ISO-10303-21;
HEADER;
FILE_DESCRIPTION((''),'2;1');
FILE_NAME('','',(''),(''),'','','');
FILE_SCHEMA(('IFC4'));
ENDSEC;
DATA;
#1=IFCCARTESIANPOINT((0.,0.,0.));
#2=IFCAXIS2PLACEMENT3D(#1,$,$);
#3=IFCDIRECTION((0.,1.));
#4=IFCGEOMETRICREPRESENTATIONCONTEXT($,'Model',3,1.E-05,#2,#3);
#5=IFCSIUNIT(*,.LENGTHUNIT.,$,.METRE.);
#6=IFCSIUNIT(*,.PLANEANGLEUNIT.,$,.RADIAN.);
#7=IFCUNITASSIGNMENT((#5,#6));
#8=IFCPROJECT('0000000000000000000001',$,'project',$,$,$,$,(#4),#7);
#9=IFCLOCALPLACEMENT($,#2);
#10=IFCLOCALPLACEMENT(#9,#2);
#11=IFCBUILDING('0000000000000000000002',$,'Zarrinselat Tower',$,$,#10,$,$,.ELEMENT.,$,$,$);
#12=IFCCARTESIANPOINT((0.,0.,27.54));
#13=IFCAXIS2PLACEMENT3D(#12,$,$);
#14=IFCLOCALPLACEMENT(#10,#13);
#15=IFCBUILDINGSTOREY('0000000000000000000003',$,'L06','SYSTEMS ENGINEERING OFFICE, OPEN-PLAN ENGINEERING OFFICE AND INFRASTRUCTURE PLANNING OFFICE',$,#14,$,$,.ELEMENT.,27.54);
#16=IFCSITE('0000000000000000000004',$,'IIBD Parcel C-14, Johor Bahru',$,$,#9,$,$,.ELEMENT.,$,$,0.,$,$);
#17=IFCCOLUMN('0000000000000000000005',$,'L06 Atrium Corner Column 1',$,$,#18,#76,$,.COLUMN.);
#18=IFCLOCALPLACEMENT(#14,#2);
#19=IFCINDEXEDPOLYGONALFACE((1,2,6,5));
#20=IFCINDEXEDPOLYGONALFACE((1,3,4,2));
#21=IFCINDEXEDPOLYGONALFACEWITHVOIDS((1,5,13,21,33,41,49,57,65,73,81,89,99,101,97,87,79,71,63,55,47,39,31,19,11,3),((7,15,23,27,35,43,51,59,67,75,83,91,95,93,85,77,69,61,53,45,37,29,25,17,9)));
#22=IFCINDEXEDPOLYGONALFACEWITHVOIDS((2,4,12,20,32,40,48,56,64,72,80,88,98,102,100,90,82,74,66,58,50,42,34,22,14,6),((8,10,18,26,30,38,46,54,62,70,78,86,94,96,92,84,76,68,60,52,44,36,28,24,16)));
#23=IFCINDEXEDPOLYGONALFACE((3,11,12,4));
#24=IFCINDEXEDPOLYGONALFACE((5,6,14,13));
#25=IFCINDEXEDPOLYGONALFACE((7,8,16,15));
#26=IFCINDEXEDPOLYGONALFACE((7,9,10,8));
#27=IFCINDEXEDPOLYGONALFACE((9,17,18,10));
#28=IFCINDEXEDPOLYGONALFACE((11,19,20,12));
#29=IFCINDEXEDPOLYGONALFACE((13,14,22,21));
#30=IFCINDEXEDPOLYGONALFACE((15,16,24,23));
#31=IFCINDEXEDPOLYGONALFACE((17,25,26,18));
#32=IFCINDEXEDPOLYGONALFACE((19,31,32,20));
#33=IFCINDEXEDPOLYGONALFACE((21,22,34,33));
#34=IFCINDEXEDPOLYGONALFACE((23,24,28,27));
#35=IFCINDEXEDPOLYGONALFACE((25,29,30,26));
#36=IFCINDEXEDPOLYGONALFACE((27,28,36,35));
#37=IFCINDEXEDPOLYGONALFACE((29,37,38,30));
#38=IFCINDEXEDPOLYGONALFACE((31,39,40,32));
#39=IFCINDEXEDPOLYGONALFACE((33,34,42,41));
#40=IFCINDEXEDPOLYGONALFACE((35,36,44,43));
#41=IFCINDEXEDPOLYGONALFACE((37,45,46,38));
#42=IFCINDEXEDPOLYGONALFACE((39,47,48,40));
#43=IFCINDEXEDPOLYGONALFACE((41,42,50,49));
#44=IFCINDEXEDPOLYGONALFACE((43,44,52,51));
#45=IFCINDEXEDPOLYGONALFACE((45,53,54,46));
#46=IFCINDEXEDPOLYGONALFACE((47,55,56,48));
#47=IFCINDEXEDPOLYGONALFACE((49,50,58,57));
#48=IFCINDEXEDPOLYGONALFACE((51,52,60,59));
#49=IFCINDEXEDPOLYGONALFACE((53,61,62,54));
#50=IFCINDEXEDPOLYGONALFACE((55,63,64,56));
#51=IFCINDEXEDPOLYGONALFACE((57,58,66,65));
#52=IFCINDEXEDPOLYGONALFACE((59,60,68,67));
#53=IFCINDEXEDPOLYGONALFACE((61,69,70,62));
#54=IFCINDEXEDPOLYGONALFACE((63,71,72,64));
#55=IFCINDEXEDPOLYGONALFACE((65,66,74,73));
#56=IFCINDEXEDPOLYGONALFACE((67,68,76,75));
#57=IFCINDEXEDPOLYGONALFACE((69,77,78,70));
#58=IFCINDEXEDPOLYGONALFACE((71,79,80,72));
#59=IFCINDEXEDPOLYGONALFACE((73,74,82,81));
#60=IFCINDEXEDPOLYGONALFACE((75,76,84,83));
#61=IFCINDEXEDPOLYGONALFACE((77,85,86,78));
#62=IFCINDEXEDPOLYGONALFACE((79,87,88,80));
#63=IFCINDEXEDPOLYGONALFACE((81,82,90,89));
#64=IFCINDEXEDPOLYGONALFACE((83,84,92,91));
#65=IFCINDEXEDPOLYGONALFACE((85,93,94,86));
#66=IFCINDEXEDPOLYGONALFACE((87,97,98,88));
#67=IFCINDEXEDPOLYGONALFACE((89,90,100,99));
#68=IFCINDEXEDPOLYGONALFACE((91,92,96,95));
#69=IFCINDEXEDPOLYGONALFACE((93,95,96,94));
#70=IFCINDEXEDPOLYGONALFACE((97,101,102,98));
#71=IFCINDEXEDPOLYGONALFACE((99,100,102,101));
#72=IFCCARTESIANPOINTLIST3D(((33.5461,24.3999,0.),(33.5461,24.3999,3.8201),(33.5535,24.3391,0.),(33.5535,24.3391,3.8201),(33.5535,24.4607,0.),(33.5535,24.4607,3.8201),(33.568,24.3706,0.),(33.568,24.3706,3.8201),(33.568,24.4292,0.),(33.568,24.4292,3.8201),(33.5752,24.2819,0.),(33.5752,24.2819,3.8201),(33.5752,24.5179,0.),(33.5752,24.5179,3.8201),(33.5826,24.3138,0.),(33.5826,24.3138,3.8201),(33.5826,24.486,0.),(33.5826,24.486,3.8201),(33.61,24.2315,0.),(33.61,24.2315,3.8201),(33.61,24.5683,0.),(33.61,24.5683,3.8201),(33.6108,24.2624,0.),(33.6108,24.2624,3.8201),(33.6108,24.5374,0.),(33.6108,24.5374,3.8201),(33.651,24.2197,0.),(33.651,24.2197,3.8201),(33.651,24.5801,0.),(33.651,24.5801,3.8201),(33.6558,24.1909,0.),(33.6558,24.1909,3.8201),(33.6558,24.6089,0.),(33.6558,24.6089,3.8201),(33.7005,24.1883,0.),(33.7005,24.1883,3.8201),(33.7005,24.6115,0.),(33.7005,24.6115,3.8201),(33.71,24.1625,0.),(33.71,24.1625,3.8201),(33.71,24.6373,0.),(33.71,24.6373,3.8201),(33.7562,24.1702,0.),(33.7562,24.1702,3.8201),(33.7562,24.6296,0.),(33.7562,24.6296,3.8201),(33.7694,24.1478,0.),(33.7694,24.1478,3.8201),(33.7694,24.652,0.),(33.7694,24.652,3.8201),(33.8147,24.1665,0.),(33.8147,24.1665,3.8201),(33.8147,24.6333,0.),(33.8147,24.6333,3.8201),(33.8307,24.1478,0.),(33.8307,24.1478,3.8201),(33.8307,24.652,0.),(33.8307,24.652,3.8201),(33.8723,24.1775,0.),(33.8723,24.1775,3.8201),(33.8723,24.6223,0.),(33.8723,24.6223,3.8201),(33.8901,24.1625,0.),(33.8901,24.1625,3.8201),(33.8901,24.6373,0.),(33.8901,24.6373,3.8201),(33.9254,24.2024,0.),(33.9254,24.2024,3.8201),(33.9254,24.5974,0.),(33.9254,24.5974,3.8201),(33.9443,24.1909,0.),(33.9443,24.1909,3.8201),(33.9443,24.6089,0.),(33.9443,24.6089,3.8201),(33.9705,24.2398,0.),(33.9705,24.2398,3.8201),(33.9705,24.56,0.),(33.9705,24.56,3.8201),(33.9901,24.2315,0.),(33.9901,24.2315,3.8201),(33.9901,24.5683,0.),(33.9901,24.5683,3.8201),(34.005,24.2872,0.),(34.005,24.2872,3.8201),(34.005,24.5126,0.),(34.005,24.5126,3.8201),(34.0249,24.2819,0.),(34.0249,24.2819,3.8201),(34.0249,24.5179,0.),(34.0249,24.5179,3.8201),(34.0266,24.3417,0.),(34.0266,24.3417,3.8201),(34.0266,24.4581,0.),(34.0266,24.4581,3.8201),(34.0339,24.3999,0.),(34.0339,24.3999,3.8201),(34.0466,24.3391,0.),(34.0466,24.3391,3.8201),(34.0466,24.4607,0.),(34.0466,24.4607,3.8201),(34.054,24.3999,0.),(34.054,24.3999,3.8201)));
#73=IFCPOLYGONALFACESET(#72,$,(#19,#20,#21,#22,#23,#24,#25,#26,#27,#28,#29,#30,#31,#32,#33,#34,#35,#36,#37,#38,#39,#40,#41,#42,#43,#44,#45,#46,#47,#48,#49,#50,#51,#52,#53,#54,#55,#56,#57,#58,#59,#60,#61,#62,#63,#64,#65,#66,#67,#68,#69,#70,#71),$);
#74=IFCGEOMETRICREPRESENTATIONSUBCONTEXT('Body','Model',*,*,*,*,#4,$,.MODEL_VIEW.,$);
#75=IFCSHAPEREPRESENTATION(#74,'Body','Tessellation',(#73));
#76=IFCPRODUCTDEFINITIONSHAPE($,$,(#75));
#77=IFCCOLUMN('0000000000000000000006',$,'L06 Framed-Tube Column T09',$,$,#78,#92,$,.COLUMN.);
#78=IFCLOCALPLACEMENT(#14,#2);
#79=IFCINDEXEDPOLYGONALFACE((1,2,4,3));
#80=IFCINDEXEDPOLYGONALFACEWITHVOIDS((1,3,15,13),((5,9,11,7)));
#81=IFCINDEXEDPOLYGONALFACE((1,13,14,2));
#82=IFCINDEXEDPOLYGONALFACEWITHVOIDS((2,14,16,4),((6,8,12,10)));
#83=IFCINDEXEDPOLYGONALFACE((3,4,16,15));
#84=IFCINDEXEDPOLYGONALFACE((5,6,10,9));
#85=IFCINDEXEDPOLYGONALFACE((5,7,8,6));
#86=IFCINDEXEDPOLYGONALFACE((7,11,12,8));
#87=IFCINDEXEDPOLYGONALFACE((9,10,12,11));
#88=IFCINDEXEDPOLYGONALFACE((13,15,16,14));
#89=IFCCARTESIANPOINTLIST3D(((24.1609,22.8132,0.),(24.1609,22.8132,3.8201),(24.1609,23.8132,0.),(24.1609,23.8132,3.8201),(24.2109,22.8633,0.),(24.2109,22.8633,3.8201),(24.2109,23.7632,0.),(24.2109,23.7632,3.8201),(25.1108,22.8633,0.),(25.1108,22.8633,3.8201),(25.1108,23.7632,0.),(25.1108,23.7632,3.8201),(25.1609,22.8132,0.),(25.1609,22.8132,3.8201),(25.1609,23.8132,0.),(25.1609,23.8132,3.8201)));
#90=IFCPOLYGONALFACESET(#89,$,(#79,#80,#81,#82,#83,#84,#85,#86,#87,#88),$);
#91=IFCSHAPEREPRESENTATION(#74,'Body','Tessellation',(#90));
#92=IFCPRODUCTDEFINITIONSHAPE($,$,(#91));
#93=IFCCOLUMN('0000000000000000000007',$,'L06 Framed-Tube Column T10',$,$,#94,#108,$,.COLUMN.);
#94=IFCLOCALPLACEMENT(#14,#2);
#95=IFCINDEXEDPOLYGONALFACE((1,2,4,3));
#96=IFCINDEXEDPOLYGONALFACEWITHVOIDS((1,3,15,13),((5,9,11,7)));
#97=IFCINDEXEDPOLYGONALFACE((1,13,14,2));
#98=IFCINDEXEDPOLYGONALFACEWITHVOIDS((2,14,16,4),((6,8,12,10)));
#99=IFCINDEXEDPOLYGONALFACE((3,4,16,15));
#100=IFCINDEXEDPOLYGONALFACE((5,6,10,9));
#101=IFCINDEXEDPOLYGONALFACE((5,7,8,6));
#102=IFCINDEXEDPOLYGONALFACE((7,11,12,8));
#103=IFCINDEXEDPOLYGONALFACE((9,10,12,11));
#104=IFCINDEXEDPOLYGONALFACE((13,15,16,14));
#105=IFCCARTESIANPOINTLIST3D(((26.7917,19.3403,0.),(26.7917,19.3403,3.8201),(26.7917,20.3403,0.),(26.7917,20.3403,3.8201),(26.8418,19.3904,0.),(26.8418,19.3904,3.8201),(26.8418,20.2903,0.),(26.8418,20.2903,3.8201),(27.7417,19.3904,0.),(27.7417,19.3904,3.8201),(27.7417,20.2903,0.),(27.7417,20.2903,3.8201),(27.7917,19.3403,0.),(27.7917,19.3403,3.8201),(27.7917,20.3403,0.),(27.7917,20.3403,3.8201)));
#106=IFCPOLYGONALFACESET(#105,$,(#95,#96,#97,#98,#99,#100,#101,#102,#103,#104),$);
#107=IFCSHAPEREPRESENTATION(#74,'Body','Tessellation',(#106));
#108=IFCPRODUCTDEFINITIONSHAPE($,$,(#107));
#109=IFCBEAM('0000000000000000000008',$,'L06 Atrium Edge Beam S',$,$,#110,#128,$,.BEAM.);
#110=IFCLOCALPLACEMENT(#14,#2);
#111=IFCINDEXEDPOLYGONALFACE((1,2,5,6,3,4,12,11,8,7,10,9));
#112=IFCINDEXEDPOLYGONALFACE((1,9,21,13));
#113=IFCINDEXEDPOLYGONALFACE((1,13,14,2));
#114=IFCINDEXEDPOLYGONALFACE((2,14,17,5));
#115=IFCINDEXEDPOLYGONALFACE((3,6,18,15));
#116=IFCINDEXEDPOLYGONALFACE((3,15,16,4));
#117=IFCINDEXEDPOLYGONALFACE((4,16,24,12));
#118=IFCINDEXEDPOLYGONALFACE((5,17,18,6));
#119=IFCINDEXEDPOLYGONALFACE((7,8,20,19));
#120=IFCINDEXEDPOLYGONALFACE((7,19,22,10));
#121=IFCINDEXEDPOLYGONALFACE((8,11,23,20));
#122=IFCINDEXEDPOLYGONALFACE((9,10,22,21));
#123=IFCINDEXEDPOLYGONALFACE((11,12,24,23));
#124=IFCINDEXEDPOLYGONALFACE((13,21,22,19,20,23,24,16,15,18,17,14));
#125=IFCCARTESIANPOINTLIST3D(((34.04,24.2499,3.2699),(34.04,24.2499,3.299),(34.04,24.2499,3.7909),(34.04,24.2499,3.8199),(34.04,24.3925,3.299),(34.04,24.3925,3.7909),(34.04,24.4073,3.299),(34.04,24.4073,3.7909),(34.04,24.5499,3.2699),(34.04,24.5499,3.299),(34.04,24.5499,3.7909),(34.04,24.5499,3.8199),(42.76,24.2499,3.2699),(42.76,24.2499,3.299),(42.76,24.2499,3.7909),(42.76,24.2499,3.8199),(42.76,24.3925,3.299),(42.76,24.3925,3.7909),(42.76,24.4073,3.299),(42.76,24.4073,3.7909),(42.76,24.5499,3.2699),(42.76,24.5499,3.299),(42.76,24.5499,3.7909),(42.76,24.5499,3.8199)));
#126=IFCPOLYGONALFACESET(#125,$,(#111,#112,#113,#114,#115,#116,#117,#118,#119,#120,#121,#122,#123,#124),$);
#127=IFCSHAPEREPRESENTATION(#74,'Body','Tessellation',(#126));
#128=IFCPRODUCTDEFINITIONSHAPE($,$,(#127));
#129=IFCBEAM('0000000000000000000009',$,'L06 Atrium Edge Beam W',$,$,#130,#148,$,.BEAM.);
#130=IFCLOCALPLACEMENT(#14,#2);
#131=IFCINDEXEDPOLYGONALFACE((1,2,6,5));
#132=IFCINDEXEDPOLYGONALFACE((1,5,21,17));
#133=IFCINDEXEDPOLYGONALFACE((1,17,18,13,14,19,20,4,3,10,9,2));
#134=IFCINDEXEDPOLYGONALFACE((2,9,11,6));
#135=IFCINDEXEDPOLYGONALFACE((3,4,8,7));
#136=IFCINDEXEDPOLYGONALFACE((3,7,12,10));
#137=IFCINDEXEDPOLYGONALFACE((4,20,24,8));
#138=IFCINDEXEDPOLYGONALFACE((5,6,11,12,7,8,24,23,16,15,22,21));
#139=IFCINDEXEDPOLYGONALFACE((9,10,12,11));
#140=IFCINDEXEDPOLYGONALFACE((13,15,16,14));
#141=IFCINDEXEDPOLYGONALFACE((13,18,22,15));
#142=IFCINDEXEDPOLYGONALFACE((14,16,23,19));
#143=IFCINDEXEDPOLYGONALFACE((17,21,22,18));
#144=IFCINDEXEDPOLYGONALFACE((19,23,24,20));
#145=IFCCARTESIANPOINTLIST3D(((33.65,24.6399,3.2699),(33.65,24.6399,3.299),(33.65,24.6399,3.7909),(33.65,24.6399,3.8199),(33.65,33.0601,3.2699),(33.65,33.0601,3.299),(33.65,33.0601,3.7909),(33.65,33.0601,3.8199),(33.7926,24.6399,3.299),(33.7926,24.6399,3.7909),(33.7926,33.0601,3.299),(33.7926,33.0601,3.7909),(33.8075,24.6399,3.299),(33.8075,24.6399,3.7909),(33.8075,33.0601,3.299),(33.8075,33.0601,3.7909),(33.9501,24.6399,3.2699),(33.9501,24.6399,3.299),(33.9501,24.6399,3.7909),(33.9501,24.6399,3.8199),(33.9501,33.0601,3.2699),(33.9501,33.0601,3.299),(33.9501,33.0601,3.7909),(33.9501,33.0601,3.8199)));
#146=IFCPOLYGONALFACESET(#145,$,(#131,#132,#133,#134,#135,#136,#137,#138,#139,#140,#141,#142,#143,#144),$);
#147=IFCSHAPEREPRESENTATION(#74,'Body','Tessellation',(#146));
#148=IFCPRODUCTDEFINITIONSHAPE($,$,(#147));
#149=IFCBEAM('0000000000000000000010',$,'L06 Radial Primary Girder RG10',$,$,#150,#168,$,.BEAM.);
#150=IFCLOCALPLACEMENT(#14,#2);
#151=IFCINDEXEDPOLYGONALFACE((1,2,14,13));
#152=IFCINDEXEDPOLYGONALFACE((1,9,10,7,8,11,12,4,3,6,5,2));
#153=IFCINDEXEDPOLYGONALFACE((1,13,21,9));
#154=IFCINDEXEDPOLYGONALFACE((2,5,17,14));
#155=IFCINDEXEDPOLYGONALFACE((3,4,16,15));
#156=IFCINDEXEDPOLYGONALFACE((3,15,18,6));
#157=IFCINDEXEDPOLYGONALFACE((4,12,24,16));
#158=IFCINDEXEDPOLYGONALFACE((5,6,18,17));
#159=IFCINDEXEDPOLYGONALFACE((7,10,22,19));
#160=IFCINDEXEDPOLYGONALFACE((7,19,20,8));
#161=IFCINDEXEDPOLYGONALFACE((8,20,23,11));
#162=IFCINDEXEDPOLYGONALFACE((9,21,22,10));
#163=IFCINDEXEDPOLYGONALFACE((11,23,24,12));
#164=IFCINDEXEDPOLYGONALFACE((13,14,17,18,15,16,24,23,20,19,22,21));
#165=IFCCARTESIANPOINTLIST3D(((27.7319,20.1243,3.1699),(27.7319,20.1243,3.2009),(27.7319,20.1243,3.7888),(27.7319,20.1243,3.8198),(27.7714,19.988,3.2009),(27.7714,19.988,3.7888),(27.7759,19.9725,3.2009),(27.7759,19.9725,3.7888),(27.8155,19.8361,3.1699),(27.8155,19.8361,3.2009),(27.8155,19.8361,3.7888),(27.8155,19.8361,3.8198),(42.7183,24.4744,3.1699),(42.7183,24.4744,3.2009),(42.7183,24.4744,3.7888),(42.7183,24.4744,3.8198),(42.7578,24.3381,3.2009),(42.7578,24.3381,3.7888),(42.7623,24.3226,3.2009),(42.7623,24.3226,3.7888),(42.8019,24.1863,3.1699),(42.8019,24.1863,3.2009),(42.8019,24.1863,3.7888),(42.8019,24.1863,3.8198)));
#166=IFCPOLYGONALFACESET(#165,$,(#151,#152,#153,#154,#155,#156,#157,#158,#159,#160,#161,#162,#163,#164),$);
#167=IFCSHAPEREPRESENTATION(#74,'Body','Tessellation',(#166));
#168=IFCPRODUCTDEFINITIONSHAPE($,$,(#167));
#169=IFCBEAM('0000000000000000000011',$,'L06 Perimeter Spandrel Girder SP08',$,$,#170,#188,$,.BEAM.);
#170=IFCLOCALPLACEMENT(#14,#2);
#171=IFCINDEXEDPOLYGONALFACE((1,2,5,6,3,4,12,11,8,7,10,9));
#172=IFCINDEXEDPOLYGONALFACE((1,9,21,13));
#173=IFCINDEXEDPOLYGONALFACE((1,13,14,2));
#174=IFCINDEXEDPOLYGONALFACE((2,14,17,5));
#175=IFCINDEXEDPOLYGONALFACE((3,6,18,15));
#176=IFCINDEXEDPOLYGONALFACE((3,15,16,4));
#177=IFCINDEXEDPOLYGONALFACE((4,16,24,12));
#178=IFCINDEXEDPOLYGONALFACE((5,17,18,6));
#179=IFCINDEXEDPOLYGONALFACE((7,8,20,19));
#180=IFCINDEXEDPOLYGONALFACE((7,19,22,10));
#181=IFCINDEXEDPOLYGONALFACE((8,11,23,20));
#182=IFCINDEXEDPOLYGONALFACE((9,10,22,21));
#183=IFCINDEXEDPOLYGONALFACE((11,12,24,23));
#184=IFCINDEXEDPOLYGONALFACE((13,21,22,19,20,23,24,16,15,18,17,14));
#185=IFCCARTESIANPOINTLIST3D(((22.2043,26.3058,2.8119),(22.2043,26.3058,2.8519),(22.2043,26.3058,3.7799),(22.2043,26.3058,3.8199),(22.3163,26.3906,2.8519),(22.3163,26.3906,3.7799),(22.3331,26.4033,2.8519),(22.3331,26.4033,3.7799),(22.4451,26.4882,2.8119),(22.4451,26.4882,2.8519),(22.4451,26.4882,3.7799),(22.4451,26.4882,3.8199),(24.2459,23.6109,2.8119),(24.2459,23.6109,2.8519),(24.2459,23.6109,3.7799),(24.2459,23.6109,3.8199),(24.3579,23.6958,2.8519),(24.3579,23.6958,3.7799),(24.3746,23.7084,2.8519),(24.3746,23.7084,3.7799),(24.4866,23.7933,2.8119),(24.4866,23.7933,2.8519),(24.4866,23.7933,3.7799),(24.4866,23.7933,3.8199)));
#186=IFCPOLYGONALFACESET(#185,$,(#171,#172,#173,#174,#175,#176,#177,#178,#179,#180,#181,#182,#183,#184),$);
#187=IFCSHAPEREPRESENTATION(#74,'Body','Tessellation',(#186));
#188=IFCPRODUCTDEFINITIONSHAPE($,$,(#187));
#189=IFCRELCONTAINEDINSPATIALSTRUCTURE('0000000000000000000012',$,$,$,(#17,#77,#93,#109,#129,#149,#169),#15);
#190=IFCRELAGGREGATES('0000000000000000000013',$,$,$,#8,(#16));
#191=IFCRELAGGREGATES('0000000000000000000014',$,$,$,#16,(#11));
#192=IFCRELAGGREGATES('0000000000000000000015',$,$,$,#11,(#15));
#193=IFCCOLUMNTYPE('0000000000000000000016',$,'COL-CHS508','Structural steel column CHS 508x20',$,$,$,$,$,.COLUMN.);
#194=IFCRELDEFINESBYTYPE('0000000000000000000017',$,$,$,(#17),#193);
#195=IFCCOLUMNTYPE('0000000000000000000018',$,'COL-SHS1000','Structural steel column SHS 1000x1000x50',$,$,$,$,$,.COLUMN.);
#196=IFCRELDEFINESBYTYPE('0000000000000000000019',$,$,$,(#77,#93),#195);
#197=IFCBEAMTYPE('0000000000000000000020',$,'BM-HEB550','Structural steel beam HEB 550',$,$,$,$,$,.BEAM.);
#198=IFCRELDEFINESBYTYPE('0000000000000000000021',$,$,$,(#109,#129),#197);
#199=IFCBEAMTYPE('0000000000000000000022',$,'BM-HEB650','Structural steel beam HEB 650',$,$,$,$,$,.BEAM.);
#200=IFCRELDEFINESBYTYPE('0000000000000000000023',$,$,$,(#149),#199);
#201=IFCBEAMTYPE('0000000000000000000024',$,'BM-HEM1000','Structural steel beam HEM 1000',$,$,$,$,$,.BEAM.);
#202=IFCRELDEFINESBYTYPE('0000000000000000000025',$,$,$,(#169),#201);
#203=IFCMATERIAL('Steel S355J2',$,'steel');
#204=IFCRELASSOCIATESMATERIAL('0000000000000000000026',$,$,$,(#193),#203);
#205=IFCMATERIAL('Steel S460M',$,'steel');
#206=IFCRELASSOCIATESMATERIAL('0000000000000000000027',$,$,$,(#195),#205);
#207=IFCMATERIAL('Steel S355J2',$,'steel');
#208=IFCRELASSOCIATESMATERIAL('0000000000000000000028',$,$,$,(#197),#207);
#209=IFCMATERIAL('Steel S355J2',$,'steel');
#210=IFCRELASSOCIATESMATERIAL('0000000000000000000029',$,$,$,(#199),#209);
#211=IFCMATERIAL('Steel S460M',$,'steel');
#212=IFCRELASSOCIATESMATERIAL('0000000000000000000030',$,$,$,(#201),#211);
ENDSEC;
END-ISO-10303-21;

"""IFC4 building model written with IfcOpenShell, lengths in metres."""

from ifc_helpers import new_model, si_unit, direction, frame, origin, origin_2d, place, context, subcontext, project, spatial, hollow_rectangle, hollow_circle, i_section, extrude, material, material_profile, profile_set, type_object, element, save


model = new_model("IFC4")

# Units and contexts
model_context = context("Model", 3, precision=1e-05, world=origin(), true_north=direction((0.0, 1.0)))
body_context = subcontext(model_context, "Body", "Model", "MODEL_VIEW")
ifc_project = project(units=[si_unit("LENGTHUNIT", "METRE"), si_unit("PLANEANGLEUNIT", "RADIAN")], contexts=[model_context])

# Site, building, storey
site_placement = place(None, origin())
site = spatial("IfcSite", under=ifc_project, at=site_placement, Name="IIBD Parcel C-14, Johor Bahru", CompositionType="ELEMENT", RefElevation=0.0)
building_placement = place(site_placement, origin())
building = spatial("IfcBuilding", under=site, at=building_placement, Name="Zarrinselat Tower", CompositionType="ELEMENT")
storey_placement = place(building_placement, frame((0.0, 0.0, 27.54)))
storey = spatial("IfcBuildingStorey", under=building, at=storey_placement, Name="L06", Description="SYSTEMS ENGINEERING OFFICE, OPEN-PLAN ENGINEERING OFFICE AND INFRASTRUCTURE PLANNING OFFICE", CompositionType="ELEMENT", Elevation=27.54)

# Columns
ifc_material_1 = material(Name="Steel S355J2", Category="steel")
ifc_material_profile_1 = material_profile(ifc_material_1, hollow_circle(Radius=0.2539, WallThickness=0.02, at=origin_2d()), Name="CHS 508x20")
ifc_profile_set_1 = profile_set([ifc_material_profile_1], Name="Steel S355J2")
column_type_1 = type_object("IfcColumnType", Name="COL-CHS508", Description="Structural steel column CHS 508x20", PredefinedType="COLUMN", material=ifc_profile_set_1)
column_placement = place(storey_placement, frame((33.8, 24.3999, 0.0), z_axis=(0.0, 0.0, 1.0), x_axis=(1.0, 0.0, 0.0)))
element("IfcColumn", 1, at=column_placement, inside=storey, type_object=column_type_1, Name="L06 Atrium Corner Column 1", PredefinedType="COLUMN", context=body_context, shape_type="SweptSolid", body=[
    extrude(hollow_circle(Radius=0.2539, WallThickness=0.02, at=origin_2d()), origin(), (0.0, 0.0, 1.0), 3.8201),
])
ifc_material_2 = material(Name="Steel S460M", Category="steel")
ifc_material_profile_2 = material_profile(ifc_material_2, hollow_rectangle(XDim=1.0, YDim=1.0, WallThickness=0.05, at=origin_2d()), Name="SHS 1000x1000x50")
ifc_profile_set_2 = profile_set([ifc_material_profile_2], Name="Steel S460M")
column_type_2 = type_object("IfcColumnType", Name="COL-SHS1000", Description="Structural steel column SHS 1000x1000x50", PredefinedType="COLUMN", material=ifc_profile_set_2)
for number, where, z_axis, x_axis, name in (
    (2, (24.6609, 23.3132, 0.0), (0.0, 0.0, 1.0), (1.0, 0.0, 0.0), "L06 Framed-Tube Column T09"),
    (3, (27.2917, 19.8403, 0.0), (0.0, 0.0, 1.0), (1.0, 0.0, 0.0), "L06 Framed-Tube Column T10"),
):
    element("IfcColumn", number, at=place(storey_placement, frame(where, z_axis=z_axis, x_axis=x_axis)), inside=storey, type_object=column_type_2, Name=name, PredefinedType="COLUMN", context=body_context, shape_type="SweptSolid", body=[
        extrude(hollow_rectangle(XDim=1.0, YDim=1.0, WallThickness=0.05, at=origin_2d()), origin(), (0.0, 0.0, 1.0), 3.8201),
    ])

# Beams
ifc_material_3 = material(Name="Steel S355J2", Category="steel")
ifc_material_profile_3 = material_profile(ifc_material_3, i_section(OverallWidth=0.3, OverallDepth=0.55, WebThickness=0.0149, FlangeThickness=0.0291, at=origin_2d()), Name="HEB 550")
ifc_profile_set_3 = profile_set([ifc_material_profile_3], Name="Steel S355J2")
beam_type_1 = type_object("IfcBeamType", Name="BM-HEB550", Description="Structural steel beam HEB 550", PredefinedType="BEAM", material=ifc_profile_set_3)
beam_1_placement = place(storey_placement, frame((34.04, 24.3999, 3.5449), z_axis=(1.0, 0.0, 0.0), x_axis=(0.0, 1.0, 0.0)))
element("IfcBeam", 4, at=beam_1_placement, inside=storey, type_object=beam_type_1, Name="L06 Atrium Edge Beam S", PredefinedType="BEAM", context=body_context, shape_type="SweptSolid", body=[
    extrude(i_section(OverallWidth=0.3, OverallDepth=0.55, WebThickness=0.0149, FlangeThickness=0.0291, at=origin_2d()), origin(), (0.0, 0.0, 1.0), 8.72),
])
beam_2_placement = place(storey_placement, frame((33.8, 24.6399, 3.5449), z_axis=(0.0, 1.0, 0.0), x_axis=(-1.0, 0.0, 0.0)))
element("IfcBeam", 5, at=beam_2_placement, inside=storey, type_object=beam_type_1, Name="L06 Atrium Edge Beam W", PredefinedType="BEAM", context=body_context, shape_type="SweptSolid", body=[
    extrude(i_section(OverallWidth=0.3, OverallDepth=0.55, WebThickness=0.0149, FlangeThickness=0.0291, at=origin_2d()), origin(), (0.0, 0.0, 1.0), 8.4202),
])
ifc_material_4 = material(Name="Steel S355J2", Category="steel")
ifc_material_profile_4 = material_profile(ifc_material_4, i_section(OverallWidth=0.3, OverallDepth=0.6499, WebThickness=0.0161, FlangeThickness=0.031, at=origin_2d()), Name="HEB 650")
ifc_profile_set_4 = profile_set([ifc_material_profile_4], Name="Steel S355J2")
beam_type_2 = type_object("IfcBeamType", Name="BM-HEB650", Description="Structural steel beam HEB 650", PredefinedType="BEAM", material=ifc_profile_set_4)
beam_3_placement = place(storey_placement, frame((27.7737, 19.9802, 3.4949), z_axis=(0.960359, 0.278765, 0.0), x_axis=(-0.278765, 0.960359, 0.0)))
element("IfcBeam", 6, at=beam_3_placement, inside=storey, type_object=beam_type_2, Name="L06 Radial Primary Girder RG10", PredefinedType="BEAM", context=body_context, shape_type="SweptSolid", body=[
    extrude(i_section(OverallWidth=0.3, OverallDepth=0.6499, WebThickness=0.0161, FlangeThickness=0.031, at=origin_2d()), origin(), (0.0, 0.0, 1.0), 15.605),
])
ifc_material_5 = material(Name="Steel S460M", Category="steel")
ifc_material_profile_5 = material_profile(ifc_material_5, i_section(OverallWidth=0.302, OverallDepth=1.0081, WebThickness=0.021, FlangeThickness=0.04, at=origin_2d()), Name="HEM 1000")
ifc_profile_set_5 = profile_set([ifc_material_profile_5], Name="Steel S460M")
beam_type_3 = type_object("IfcBeamType", Name="BM-HEM1000", Description="Structural steel beam HEM 1000", PredefinedType="BEAM", material=ifc_profile_set_5)
for number, where, z_axis, x_axis, name in (
    (7, (22.3247, 26.397, 3.3159), (0.603852, -0.797096, 0.0), (0.797096, 0.603852, 0.0), "L06 Perimeter Spandrel Girder SP08"),
):
    element("IfcBeam", number, at=place(storey_placement, frame(where, z_axis=z_axis, x_axis=x_axis)), inside=storey, type_object=beam_type_3, Name=name, PredefinedType="BEAM", context=body_context, shape_type="SweptSolid", body=[
        extrude(i_section(OverallWidth=0.302, OverallDepth=1.0081, WebThickness=0.021, FlangeThickness=0.04, at=origin_2d()), origin(), (0.0, 0.0, 1.0), 3.3809),
    ])

save(model, "model.ifc")
